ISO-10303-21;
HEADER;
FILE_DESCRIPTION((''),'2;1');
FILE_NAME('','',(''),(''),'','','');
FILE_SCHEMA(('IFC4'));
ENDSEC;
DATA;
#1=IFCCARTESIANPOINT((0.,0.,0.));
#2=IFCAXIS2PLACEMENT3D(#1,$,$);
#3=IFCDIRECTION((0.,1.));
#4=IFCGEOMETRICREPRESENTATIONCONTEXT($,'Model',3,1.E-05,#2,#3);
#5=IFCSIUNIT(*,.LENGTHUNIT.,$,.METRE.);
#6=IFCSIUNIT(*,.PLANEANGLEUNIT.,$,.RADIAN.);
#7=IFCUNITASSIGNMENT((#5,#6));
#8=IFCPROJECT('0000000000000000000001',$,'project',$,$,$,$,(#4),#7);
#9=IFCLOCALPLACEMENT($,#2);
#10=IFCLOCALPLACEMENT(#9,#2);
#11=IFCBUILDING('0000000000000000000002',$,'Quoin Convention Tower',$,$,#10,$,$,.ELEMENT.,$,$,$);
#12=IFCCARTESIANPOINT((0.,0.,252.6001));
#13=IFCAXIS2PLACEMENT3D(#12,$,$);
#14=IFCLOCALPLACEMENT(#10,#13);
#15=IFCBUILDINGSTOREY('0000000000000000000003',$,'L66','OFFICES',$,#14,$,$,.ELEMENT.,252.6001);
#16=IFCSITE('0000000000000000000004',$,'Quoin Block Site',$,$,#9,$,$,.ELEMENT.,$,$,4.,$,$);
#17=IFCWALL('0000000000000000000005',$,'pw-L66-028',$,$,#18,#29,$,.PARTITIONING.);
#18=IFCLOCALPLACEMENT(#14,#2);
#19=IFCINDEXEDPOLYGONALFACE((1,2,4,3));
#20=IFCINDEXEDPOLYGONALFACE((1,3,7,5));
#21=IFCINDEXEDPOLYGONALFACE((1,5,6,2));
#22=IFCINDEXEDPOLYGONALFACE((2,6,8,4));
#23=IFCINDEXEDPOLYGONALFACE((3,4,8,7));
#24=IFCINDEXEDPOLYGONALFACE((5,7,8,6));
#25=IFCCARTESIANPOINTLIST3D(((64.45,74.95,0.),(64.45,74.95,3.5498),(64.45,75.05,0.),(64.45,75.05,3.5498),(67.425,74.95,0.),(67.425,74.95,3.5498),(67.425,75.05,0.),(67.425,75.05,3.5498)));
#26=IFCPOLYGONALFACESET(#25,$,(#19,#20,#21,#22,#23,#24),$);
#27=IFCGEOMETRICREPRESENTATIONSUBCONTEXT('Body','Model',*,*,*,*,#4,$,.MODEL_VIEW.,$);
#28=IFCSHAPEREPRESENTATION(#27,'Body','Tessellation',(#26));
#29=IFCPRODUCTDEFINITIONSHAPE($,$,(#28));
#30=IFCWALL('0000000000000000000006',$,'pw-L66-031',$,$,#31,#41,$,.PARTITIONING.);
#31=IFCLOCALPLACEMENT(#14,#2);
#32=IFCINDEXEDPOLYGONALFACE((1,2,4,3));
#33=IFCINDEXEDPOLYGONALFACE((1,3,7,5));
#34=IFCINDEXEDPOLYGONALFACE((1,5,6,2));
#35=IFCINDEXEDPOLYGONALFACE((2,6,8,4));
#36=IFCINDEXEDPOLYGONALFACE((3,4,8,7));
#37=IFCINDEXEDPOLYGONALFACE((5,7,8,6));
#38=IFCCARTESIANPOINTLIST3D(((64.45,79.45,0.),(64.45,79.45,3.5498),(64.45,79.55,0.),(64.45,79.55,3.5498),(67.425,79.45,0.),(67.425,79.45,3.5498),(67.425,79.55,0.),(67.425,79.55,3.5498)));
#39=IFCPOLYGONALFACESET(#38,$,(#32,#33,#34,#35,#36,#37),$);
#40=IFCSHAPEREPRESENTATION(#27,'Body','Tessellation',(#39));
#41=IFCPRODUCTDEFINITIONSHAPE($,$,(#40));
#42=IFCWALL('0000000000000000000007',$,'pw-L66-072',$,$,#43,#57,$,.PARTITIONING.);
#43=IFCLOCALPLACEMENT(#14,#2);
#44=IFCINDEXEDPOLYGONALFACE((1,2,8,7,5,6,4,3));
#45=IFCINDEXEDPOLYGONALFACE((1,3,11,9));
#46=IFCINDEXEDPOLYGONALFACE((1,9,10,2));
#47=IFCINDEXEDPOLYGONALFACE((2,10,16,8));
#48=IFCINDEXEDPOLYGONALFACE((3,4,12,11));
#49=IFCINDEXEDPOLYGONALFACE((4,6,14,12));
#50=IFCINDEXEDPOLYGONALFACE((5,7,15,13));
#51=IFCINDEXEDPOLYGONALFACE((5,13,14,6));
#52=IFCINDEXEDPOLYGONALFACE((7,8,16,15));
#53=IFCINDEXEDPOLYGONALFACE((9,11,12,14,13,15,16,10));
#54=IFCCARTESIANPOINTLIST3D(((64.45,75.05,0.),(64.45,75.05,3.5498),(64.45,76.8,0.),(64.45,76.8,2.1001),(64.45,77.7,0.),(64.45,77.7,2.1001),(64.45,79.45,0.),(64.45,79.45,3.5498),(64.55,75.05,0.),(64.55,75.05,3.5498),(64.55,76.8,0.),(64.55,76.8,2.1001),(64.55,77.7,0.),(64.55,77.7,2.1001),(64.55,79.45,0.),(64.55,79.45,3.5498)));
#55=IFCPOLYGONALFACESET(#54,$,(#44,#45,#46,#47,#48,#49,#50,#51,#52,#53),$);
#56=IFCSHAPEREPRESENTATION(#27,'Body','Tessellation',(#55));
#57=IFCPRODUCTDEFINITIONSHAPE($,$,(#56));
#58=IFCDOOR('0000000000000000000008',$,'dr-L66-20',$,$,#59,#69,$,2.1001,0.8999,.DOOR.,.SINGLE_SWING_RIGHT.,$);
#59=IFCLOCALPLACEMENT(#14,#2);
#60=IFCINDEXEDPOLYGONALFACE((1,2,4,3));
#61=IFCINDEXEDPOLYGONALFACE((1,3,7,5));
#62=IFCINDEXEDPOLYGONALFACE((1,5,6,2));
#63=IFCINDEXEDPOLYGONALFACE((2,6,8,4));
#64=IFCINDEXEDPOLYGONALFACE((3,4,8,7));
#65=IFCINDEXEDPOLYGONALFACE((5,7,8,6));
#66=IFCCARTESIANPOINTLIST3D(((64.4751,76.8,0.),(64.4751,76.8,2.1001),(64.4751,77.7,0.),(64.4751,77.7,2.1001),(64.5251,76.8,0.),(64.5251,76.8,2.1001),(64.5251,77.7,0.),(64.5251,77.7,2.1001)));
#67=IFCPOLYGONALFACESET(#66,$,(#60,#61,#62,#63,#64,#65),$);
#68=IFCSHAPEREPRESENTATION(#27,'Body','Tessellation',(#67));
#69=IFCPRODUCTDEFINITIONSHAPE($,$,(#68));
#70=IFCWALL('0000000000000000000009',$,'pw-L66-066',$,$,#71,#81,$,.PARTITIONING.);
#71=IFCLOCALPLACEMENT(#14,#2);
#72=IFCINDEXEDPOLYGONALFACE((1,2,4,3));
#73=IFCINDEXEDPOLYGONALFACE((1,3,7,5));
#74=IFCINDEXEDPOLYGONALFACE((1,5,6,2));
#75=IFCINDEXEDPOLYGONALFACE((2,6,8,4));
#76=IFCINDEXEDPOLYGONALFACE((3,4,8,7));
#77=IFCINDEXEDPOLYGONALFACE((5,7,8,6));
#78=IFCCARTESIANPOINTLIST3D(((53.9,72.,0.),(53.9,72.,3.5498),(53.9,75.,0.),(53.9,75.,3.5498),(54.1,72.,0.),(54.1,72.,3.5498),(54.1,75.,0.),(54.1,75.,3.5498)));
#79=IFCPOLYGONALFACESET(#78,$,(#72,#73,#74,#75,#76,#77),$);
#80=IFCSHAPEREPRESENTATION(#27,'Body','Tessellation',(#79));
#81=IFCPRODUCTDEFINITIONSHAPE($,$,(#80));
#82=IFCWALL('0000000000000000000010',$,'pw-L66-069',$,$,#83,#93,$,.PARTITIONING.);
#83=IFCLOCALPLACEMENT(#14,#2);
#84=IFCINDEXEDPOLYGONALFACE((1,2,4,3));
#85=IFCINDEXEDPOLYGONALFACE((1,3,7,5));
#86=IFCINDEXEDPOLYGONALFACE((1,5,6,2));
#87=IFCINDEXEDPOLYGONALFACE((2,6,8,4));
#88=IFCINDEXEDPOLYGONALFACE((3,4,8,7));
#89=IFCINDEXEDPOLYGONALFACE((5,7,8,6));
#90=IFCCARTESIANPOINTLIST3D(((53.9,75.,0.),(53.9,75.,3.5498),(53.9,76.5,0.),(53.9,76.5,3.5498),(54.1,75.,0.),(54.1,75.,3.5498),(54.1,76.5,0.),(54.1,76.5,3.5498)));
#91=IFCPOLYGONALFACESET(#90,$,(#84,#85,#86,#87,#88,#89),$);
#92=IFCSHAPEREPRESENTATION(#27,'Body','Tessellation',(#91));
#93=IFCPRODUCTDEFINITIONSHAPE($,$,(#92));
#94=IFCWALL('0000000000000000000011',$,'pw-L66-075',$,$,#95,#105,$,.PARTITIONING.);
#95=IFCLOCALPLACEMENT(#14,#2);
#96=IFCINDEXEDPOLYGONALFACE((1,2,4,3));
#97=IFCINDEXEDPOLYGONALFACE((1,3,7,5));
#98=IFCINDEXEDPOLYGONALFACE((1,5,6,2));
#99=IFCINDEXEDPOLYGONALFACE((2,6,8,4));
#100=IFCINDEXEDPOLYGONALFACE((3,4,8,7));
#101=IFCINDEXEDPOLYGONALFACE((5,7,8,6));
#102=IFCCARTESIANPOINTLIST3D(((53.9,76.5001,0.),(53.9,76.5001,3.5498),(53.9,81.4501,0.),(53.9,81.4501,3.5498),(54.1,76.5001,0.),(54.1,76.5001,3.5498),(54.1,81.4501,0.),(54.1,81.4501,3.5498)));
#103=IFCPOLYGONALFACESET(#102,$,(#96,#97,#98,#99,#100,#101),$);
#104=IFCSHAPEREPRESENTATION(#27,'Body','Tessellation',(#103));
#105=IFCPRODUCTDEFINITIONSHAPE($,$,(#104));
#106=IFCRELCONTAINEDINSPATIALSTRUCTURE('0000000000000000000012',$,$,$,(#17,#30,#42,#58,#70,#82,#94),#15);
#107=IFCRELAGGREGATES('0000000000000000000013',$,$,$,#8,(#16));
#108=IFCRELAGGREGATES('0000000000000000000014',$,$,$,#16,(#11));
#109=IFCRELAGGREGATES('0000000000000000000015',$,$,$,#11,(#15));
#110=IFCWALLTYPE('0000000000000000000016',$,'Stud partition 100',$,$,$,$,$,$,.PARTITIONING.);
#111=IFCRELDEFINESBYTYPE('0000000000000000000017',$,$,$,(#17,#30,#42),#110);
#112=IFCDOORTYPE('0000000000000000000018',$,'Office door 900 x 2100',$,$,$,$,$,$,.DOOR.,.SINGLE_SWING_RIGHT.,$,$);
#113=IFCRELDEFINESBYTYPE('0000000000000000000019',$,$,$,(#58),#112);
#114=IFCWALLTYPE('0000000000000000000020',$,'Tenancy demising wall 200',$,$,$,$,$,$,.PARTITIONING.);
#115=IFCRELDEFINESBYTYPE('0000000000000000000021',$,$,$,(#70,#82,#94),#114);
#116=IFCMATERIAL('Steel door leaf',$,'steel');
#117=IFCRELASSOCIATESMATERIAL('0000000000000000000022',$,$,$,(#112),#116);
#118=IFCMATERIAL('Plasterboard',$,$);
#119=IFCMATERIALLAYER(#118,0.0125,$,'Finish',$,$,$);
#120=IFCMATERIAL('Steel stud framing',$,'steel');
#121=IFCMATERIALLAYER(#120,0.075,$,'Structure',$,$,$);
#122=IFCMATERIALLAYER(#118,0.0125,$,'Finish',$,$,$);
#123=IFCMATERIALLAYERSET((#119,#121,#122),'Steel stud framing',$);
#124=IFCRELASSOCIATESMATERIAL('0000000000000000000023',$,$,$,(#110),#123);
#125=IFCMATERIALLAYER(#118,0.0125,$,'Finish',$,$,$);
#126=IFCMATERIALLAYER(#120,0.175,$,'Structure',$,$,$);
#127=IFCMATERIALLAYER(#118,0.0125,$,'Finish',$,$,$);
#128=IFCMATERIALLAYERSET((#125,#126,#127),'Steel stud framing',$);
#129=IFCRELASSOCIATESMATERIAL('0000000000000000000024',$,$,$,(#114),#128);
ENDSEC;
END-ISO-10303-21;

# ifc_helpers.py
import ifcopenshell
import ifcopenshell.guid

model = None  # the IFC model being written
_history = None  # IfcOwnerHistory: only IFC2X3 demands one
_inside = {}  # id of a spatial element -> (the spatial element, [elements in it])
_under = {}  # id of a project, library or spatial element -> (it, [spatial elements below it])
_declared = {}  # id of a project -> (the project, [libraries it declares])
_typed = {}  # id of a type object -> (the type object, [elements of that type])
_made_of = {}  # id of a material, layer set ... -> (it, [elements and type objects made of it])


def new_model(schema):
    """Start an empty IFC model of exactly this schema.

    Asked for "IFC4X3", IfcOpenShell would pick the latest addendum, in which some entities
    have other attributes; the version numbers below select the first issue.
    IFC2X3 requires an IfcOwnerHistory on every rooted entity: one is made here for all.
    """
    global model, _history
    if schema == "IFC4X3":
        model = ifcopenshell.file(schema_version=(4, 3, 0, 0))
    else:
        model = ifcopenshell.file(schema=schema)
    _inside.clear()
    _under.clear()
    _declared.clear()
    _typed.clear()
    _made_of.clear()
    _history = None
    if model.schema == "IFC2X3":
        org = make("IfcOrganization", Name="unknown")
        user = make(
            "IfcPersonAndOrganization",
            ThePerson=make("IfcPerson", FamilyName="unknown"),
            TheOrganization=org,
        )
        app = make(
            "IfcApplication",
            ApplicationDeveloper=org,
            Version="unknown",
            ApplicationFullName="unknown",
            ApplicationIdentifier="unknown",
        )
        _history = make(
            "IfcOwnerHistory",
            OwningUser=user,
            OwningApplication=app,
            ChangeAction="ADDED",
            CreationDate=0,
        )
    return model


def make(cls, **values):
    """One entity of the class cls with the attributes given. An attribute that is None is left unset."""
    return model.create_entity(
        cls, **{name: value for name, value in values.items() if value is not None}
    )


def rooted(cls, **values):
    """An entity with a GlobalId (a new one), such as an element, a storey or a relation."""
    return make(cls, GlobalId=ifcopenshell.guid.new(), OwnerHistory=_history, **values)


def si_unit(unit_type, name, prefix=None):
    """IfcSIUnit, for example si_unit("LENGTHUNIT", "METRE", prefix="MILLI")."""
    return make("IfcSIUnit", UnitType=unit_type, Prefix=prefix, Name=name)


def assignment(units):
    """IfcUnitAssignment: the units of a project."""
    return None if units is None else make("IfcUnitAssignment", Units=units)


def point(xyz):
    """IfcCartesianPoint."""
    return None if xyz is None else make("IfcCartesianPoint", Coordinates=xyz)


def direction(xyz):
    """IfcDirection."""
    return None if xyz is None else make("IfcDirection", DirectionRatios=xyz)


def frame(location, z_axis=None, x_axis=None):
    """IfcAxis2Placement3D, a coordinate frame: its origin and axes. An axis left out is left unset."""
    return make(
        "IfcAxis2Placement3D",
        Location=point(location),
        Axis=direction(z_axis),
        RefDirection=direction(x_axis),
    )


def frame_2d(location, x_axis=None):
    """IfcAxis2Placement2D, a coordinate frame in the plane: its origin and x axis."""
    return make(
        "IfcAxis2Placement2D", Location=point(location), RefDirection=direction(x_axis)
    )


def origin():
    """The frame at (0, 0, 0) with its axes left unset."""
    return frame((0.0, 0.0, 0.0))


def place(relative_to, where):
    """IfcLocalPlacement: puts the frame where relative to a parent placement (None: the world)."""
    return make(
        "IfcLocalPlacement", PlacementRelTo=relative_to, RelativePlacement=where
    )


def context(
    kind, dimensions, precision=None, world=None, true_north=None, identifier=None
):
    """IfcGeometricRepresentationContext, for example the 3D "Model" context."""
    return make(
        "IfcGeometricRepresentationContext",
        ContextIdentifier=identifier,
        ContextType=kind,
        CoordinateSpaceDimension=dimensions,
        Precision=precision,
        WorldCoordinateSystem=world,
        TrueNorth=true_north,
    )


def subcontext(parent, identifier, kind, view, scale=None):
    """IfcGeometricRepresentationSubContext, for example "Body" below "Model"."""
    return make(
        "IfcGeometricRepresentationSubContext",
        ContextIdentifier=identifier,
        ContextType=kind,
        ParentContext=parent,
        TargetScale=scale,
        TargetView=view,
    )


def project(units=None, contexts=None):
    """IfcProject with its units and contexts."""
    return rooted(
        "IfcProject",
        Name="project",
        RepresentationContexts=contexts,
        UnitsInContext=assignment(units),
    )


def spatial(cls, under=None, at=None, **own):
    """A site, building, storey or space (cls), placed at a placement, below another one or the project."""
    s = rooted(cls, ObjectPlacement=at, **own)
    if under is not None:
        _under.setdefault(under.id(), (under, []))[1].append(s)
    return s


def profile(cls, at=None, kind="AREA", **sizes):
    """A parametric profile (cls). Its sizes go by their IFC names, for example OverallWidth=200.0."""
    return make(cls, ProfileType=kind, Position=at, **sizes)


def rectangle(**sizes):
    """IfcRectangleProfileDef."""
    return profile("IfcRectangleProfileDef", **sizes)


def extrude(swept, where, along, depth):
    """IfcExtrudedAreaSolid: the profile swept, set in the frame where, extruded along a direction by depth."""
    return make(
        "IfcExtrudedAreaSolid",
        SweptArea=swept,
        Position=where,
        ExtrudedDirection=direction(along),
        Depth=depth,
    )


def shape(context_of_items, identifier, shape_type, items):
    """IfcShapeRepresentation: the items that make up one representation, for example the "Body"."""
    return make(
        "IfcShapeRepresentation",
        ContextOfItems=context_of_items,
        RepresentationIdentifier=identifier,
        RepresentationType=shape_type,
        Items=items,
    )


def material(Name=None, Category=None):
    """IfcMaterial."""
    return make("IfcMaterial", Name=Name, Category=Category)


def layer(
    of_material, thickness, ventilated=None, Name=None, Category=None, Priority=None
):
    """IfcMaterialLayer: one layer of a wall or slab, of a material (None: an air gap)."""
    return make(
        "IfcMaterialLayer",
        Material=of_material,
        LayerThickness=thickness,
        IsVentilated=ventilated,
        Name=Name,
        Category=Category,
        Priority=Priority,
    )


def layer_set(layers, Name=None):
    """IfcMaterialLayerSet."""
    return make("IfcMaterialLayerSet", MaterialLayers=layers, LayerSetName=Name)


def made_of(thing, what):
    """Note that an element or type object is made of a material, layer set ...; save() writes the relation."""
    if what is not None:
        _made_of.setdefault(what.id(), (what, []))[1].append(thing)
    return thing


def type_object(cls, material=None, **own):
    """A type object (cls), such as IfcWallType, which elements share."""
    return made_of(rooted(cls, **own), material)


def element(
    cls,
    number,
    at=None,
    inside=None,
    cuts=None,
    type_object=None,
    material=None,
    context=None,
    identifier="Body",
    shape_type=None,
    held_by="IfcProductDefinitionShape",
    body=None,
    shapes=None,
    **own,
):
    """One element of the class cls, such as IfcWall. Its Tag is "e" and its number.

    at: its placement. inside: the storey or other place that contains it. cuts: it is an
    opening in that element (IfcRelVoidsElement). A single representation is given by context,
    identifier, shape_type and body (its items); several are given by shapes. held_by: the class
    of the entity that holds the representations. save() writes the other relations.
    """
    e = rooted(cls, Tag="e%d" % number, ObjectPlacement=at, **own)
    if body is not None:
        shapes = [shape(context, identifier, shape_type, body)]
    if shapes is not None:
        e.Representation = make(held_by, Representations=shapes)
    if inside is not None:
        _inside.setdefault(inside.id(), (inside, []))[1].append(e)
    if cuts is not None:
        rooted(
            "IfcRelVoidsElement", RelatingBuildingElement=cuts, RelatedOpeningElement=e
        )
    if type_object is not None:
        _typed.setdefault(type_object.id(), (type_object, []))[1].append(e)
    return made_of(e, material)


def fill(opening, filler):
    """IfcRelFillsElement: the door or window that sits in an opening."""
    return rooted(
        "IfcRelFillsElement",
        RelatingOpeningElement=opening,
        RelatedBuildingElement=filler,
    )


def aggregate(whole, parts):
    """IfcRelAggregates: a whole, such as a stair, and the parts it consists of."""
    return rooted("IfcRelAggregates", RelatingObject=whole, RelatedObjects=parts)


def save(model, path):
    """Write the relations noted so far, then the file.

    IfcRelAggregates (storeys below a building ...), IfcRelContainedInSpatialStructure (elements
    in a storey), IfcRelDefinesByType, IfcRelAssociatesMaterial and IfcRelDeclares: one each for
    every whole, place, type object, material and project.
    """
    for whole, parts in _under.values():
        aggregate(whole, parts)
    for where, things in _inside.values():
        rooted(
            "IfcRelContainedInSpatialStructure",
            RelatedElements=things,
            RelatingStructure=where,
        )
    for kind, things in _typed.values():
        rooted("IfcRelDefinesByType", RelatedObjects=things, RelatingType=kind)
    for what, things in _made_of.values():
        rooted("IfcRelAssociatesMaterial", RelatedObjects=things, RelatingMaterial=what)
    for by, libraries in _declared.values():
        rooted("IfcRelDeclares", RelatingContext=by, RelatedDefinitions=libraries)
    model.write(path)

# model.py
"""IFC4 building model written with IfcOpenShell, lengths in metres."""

from ifc_helpers import new_model, si_unit, direction, frame, frame_2d, origin, place, context, subcontext, project, spatial, rectangle, extrude, material, layer, layer_set, type_object, element, fill, save


model = new_model("IFC4")

# Units and contexts
model_context = context("Model", 3, precision=1e-05, world=origin(), true_north=direction((0.0, 1.0)))
body_context = subcontext(model_context, "Body", "Model", "MODEL_VIEW")
ifc_project = project(units=[si_unit("LENGTHUNIT", "METRE"), si_unit("PLANEANGLEUNIT", "RADIAN")], contexts=[model_context])

# Site, building, storey
site_placement = place(None, origin())
site = spatial("IfcSite", under=ifc_project, at=site_placement, Name="Quoin Block Site", CompositionType="ELEMENT", RefElevation=4.0)
building_placement = place(site_placement, origin())
building = spatial("IfcBuilding", under=site, at=building_placement, Name="Quoin Convention Tower", CompositionType="ELEMENT")
storey_placement = place(building_placement, frame((0.0, 0.0, 252.6001)))
storey = spatial("IfcBuildingStorey", under=building, at=storey_placement, Name="L66", Description="OFFICES", CompositionType="ELEMENT", Elevation=252.6001)

# Shared definitions
ifc_material_1 = material(Name="Plasterboard")
ifc_material_2 = material(Name="Steel stud framing", Category="steel")
ifc_material_3 = material(Name="Steel door leaf", Category="steel")
door_type = type_object("IfcDoorType", Name="Office door 900 x 2100", OperationType="SINGLE_SWING_RIGHT", PredefinedType="DOOR", material=ifc_material_3)

# Shared definitions
ifc_layer_1 = layer(ifc_material_1, 0.0125, Name="Finish")
ifc_layer_2 = layer(ifc_material_2, 0.075, Name="Structure")
ifc_layer_3 = layer(ifc_material_1, 0.0125, Name="Finish")
ifc_layer_set_1 = layer_set([ifc_layer_1, ifc_layer_2, ifc_layer_3], Name="Steel stud framing")
wall_type_1 = type_object("IfcWallType", Name="Stud partition 100", PredefinedType="PARTITIONING", material=ifc_layer_set_1)

# Walls
for number, where, z_axis, x_axis, name in (
    (1, (64.45, 75.0, 0.0), (0.0, 0.0, 1.0), (1.0, 0.0, 0.0), "pw-L66-028"),
    (2, (64.45, 79.5, 0.0), (0.0, 0.0, 1.0), (1.0, 0.0, 0.0), "pw-L66-031"),
):
    element("IfcWall", number, at=place(storey_placement, frame(where, z_axis=z_axis, x_axis=x_axis)), inside=storey, type_object=wall_type_1, Name=name, PredefinedType="PARTITIONING", context=body_context, shape_type="SweptSolid", body=[
        extrude(rectangle(XDim=2.9751, YDim=0.1001, at=frame_2d((1.4875, 0.0))), origin(), (0.0, 0.0, 1.0), 3.5498),
    ])

# Wall, opening, door
wall_1_placement = place(storey_placement, frame((64.5, 75.05, 0.0), z_axis=(0.0, 0.0, 1.0), x_axis=(0.0, 1.0, 0.0)))
wall_1 = element("IfcWall", 3, at=wall_1_placement, inside=storey, type_object=wall_type_1, Name="pw-L66-072", PredefinedType="PARTITIONING", context=body_context, shape_type="SweptSolid", body=[
    extrude(rectangle(XDim=4.3999, YDim=0.1001, at=frame_2d((2.2, 0.0))), origin(), (0.0, 0.0, 1.0), 3.5498),
])
opening_1_placement = place(wall_1_placement, frame((1.75, 0.0, 0.0)))
opening_1 = element("IfcOpeningElement", 4, at=opening_1_placement, cuts=wall_1, PredefinedType="OPENING", context=body_context, shape_type="SweptSolid", body=[
    extrude(rectangle(XDim=0.8999, YDim=2.1001, at=frame_2d((0.45, 1.05))), frame((0.0, 0.0601, 0.0), z_axis=(0.0, -1.0, 0.0), x_axis=(1.0, 0.0, 0.0)), (0.0, 0.0, 1.0), 0.1201),
])
door_1_placement = place(opening_1_placement, origin())
door_1 = element("IfcDoor", 5, at=door_1_placement, inside=storey, type_object=door_type, Name="dr-L66-20", OperationType="SINGLE_SWING_RIGHT", OverallHeight=2.1001, OverallWidth=0.8999, PredefinedType="DOOR", context=body_context, shape_type="SweptSolid", body=[
    extrude(rectangle(XDim=0.8999, YDim=2.1001, at=frame_2d((0.45, 1.05))), frame((0.0, 0.0249, 0.0), z_axis=(0.0, -1.0, 0.0), x_axis=(1.0, 0.0, 0.0)), (0.0, 0.0, 1.0), 0.05),
])
fill(opening_1, door_1)

# Walls
ifc_layer_4 = layer(ifc_material_1, 0.0125, Name="Finish")
ifc_layer_5 = layer(ifc_material_2, 0.175, Name="Structure")
ifc_layer_6 = layer(ifc_material_1, 0.0125, Name="Finish")
ifc_layer_set_2 = layer_set([ifc_layer_4, ifc_layer_5, ifc_layer_6], Name="Steel stud framing")
wall_type_2 = type_object("IfcWallType", Name="Tenancy demising wall 200", PredefinedType="PARTITIONING", material=ifc_layer_set_2)
wall_2_placement = place(storey_placement, frame((54.0, 72.0, 0.0), z_axis=(0.0, 0.0, 1.0), x_axis=(0.0, 1.0, 0.0)))
element("IfcWall", 6, at=wall_2_placement, inside=storey, type_object=wall_type_2, Name="pw-L66-066", PredefinedType="PARTITIONING", context=body_context, shape_type="SweptSolid", body=[
    extrude(rectangle(XDim=3.0, YDim=0.2, at=frame_2d((1.5, 0.0))), origin(), (0.0, 0.0, 1.0), 3.5498),
])
wall_3_placement = place(storey_placement, frame((54.0, 75.0, 0.0), z_axis=(0.0, 0.0, 1.0), x_axis=(0.0, 1.0, 0.0)))
element("IfcWall", 7, at=wall_3_placement, inside=storey, type_object=wall_type_2, Name="pw-L66-069", PredefinedType="PARTITIONING", context=body_context, shape_type="SweptSolid", body=[
    extrude(rectangle(XDim=1.5, YDim=0.2, at=frame_2d((0.75, 0.0))), origin(), (0.0, 0.0, 1.0), 3.5498),
])
wall_4_placement = place(storey_placement, frame((54.0, 76.5, 0.0), z_axis=(0.0, 0.0, 1.0), x_axis=(0.0, 1.0, 0.0)))
element("IfcWall", 8, at=wall_4_placement, inside=storey, type_object=wall_type_2, Name="pw-L66-075", PredefinedType="PARTITIONING", context=body_context, shape_type="SweptSolid", body=[
    extrude(rectangle(XDim=4.95, YDim=0.2, at=frame_2d((2.4751, 0.0))), origin(), (0.0, 0.0, 1.0), 3.5498),
])

save(model, "model.ifc")
